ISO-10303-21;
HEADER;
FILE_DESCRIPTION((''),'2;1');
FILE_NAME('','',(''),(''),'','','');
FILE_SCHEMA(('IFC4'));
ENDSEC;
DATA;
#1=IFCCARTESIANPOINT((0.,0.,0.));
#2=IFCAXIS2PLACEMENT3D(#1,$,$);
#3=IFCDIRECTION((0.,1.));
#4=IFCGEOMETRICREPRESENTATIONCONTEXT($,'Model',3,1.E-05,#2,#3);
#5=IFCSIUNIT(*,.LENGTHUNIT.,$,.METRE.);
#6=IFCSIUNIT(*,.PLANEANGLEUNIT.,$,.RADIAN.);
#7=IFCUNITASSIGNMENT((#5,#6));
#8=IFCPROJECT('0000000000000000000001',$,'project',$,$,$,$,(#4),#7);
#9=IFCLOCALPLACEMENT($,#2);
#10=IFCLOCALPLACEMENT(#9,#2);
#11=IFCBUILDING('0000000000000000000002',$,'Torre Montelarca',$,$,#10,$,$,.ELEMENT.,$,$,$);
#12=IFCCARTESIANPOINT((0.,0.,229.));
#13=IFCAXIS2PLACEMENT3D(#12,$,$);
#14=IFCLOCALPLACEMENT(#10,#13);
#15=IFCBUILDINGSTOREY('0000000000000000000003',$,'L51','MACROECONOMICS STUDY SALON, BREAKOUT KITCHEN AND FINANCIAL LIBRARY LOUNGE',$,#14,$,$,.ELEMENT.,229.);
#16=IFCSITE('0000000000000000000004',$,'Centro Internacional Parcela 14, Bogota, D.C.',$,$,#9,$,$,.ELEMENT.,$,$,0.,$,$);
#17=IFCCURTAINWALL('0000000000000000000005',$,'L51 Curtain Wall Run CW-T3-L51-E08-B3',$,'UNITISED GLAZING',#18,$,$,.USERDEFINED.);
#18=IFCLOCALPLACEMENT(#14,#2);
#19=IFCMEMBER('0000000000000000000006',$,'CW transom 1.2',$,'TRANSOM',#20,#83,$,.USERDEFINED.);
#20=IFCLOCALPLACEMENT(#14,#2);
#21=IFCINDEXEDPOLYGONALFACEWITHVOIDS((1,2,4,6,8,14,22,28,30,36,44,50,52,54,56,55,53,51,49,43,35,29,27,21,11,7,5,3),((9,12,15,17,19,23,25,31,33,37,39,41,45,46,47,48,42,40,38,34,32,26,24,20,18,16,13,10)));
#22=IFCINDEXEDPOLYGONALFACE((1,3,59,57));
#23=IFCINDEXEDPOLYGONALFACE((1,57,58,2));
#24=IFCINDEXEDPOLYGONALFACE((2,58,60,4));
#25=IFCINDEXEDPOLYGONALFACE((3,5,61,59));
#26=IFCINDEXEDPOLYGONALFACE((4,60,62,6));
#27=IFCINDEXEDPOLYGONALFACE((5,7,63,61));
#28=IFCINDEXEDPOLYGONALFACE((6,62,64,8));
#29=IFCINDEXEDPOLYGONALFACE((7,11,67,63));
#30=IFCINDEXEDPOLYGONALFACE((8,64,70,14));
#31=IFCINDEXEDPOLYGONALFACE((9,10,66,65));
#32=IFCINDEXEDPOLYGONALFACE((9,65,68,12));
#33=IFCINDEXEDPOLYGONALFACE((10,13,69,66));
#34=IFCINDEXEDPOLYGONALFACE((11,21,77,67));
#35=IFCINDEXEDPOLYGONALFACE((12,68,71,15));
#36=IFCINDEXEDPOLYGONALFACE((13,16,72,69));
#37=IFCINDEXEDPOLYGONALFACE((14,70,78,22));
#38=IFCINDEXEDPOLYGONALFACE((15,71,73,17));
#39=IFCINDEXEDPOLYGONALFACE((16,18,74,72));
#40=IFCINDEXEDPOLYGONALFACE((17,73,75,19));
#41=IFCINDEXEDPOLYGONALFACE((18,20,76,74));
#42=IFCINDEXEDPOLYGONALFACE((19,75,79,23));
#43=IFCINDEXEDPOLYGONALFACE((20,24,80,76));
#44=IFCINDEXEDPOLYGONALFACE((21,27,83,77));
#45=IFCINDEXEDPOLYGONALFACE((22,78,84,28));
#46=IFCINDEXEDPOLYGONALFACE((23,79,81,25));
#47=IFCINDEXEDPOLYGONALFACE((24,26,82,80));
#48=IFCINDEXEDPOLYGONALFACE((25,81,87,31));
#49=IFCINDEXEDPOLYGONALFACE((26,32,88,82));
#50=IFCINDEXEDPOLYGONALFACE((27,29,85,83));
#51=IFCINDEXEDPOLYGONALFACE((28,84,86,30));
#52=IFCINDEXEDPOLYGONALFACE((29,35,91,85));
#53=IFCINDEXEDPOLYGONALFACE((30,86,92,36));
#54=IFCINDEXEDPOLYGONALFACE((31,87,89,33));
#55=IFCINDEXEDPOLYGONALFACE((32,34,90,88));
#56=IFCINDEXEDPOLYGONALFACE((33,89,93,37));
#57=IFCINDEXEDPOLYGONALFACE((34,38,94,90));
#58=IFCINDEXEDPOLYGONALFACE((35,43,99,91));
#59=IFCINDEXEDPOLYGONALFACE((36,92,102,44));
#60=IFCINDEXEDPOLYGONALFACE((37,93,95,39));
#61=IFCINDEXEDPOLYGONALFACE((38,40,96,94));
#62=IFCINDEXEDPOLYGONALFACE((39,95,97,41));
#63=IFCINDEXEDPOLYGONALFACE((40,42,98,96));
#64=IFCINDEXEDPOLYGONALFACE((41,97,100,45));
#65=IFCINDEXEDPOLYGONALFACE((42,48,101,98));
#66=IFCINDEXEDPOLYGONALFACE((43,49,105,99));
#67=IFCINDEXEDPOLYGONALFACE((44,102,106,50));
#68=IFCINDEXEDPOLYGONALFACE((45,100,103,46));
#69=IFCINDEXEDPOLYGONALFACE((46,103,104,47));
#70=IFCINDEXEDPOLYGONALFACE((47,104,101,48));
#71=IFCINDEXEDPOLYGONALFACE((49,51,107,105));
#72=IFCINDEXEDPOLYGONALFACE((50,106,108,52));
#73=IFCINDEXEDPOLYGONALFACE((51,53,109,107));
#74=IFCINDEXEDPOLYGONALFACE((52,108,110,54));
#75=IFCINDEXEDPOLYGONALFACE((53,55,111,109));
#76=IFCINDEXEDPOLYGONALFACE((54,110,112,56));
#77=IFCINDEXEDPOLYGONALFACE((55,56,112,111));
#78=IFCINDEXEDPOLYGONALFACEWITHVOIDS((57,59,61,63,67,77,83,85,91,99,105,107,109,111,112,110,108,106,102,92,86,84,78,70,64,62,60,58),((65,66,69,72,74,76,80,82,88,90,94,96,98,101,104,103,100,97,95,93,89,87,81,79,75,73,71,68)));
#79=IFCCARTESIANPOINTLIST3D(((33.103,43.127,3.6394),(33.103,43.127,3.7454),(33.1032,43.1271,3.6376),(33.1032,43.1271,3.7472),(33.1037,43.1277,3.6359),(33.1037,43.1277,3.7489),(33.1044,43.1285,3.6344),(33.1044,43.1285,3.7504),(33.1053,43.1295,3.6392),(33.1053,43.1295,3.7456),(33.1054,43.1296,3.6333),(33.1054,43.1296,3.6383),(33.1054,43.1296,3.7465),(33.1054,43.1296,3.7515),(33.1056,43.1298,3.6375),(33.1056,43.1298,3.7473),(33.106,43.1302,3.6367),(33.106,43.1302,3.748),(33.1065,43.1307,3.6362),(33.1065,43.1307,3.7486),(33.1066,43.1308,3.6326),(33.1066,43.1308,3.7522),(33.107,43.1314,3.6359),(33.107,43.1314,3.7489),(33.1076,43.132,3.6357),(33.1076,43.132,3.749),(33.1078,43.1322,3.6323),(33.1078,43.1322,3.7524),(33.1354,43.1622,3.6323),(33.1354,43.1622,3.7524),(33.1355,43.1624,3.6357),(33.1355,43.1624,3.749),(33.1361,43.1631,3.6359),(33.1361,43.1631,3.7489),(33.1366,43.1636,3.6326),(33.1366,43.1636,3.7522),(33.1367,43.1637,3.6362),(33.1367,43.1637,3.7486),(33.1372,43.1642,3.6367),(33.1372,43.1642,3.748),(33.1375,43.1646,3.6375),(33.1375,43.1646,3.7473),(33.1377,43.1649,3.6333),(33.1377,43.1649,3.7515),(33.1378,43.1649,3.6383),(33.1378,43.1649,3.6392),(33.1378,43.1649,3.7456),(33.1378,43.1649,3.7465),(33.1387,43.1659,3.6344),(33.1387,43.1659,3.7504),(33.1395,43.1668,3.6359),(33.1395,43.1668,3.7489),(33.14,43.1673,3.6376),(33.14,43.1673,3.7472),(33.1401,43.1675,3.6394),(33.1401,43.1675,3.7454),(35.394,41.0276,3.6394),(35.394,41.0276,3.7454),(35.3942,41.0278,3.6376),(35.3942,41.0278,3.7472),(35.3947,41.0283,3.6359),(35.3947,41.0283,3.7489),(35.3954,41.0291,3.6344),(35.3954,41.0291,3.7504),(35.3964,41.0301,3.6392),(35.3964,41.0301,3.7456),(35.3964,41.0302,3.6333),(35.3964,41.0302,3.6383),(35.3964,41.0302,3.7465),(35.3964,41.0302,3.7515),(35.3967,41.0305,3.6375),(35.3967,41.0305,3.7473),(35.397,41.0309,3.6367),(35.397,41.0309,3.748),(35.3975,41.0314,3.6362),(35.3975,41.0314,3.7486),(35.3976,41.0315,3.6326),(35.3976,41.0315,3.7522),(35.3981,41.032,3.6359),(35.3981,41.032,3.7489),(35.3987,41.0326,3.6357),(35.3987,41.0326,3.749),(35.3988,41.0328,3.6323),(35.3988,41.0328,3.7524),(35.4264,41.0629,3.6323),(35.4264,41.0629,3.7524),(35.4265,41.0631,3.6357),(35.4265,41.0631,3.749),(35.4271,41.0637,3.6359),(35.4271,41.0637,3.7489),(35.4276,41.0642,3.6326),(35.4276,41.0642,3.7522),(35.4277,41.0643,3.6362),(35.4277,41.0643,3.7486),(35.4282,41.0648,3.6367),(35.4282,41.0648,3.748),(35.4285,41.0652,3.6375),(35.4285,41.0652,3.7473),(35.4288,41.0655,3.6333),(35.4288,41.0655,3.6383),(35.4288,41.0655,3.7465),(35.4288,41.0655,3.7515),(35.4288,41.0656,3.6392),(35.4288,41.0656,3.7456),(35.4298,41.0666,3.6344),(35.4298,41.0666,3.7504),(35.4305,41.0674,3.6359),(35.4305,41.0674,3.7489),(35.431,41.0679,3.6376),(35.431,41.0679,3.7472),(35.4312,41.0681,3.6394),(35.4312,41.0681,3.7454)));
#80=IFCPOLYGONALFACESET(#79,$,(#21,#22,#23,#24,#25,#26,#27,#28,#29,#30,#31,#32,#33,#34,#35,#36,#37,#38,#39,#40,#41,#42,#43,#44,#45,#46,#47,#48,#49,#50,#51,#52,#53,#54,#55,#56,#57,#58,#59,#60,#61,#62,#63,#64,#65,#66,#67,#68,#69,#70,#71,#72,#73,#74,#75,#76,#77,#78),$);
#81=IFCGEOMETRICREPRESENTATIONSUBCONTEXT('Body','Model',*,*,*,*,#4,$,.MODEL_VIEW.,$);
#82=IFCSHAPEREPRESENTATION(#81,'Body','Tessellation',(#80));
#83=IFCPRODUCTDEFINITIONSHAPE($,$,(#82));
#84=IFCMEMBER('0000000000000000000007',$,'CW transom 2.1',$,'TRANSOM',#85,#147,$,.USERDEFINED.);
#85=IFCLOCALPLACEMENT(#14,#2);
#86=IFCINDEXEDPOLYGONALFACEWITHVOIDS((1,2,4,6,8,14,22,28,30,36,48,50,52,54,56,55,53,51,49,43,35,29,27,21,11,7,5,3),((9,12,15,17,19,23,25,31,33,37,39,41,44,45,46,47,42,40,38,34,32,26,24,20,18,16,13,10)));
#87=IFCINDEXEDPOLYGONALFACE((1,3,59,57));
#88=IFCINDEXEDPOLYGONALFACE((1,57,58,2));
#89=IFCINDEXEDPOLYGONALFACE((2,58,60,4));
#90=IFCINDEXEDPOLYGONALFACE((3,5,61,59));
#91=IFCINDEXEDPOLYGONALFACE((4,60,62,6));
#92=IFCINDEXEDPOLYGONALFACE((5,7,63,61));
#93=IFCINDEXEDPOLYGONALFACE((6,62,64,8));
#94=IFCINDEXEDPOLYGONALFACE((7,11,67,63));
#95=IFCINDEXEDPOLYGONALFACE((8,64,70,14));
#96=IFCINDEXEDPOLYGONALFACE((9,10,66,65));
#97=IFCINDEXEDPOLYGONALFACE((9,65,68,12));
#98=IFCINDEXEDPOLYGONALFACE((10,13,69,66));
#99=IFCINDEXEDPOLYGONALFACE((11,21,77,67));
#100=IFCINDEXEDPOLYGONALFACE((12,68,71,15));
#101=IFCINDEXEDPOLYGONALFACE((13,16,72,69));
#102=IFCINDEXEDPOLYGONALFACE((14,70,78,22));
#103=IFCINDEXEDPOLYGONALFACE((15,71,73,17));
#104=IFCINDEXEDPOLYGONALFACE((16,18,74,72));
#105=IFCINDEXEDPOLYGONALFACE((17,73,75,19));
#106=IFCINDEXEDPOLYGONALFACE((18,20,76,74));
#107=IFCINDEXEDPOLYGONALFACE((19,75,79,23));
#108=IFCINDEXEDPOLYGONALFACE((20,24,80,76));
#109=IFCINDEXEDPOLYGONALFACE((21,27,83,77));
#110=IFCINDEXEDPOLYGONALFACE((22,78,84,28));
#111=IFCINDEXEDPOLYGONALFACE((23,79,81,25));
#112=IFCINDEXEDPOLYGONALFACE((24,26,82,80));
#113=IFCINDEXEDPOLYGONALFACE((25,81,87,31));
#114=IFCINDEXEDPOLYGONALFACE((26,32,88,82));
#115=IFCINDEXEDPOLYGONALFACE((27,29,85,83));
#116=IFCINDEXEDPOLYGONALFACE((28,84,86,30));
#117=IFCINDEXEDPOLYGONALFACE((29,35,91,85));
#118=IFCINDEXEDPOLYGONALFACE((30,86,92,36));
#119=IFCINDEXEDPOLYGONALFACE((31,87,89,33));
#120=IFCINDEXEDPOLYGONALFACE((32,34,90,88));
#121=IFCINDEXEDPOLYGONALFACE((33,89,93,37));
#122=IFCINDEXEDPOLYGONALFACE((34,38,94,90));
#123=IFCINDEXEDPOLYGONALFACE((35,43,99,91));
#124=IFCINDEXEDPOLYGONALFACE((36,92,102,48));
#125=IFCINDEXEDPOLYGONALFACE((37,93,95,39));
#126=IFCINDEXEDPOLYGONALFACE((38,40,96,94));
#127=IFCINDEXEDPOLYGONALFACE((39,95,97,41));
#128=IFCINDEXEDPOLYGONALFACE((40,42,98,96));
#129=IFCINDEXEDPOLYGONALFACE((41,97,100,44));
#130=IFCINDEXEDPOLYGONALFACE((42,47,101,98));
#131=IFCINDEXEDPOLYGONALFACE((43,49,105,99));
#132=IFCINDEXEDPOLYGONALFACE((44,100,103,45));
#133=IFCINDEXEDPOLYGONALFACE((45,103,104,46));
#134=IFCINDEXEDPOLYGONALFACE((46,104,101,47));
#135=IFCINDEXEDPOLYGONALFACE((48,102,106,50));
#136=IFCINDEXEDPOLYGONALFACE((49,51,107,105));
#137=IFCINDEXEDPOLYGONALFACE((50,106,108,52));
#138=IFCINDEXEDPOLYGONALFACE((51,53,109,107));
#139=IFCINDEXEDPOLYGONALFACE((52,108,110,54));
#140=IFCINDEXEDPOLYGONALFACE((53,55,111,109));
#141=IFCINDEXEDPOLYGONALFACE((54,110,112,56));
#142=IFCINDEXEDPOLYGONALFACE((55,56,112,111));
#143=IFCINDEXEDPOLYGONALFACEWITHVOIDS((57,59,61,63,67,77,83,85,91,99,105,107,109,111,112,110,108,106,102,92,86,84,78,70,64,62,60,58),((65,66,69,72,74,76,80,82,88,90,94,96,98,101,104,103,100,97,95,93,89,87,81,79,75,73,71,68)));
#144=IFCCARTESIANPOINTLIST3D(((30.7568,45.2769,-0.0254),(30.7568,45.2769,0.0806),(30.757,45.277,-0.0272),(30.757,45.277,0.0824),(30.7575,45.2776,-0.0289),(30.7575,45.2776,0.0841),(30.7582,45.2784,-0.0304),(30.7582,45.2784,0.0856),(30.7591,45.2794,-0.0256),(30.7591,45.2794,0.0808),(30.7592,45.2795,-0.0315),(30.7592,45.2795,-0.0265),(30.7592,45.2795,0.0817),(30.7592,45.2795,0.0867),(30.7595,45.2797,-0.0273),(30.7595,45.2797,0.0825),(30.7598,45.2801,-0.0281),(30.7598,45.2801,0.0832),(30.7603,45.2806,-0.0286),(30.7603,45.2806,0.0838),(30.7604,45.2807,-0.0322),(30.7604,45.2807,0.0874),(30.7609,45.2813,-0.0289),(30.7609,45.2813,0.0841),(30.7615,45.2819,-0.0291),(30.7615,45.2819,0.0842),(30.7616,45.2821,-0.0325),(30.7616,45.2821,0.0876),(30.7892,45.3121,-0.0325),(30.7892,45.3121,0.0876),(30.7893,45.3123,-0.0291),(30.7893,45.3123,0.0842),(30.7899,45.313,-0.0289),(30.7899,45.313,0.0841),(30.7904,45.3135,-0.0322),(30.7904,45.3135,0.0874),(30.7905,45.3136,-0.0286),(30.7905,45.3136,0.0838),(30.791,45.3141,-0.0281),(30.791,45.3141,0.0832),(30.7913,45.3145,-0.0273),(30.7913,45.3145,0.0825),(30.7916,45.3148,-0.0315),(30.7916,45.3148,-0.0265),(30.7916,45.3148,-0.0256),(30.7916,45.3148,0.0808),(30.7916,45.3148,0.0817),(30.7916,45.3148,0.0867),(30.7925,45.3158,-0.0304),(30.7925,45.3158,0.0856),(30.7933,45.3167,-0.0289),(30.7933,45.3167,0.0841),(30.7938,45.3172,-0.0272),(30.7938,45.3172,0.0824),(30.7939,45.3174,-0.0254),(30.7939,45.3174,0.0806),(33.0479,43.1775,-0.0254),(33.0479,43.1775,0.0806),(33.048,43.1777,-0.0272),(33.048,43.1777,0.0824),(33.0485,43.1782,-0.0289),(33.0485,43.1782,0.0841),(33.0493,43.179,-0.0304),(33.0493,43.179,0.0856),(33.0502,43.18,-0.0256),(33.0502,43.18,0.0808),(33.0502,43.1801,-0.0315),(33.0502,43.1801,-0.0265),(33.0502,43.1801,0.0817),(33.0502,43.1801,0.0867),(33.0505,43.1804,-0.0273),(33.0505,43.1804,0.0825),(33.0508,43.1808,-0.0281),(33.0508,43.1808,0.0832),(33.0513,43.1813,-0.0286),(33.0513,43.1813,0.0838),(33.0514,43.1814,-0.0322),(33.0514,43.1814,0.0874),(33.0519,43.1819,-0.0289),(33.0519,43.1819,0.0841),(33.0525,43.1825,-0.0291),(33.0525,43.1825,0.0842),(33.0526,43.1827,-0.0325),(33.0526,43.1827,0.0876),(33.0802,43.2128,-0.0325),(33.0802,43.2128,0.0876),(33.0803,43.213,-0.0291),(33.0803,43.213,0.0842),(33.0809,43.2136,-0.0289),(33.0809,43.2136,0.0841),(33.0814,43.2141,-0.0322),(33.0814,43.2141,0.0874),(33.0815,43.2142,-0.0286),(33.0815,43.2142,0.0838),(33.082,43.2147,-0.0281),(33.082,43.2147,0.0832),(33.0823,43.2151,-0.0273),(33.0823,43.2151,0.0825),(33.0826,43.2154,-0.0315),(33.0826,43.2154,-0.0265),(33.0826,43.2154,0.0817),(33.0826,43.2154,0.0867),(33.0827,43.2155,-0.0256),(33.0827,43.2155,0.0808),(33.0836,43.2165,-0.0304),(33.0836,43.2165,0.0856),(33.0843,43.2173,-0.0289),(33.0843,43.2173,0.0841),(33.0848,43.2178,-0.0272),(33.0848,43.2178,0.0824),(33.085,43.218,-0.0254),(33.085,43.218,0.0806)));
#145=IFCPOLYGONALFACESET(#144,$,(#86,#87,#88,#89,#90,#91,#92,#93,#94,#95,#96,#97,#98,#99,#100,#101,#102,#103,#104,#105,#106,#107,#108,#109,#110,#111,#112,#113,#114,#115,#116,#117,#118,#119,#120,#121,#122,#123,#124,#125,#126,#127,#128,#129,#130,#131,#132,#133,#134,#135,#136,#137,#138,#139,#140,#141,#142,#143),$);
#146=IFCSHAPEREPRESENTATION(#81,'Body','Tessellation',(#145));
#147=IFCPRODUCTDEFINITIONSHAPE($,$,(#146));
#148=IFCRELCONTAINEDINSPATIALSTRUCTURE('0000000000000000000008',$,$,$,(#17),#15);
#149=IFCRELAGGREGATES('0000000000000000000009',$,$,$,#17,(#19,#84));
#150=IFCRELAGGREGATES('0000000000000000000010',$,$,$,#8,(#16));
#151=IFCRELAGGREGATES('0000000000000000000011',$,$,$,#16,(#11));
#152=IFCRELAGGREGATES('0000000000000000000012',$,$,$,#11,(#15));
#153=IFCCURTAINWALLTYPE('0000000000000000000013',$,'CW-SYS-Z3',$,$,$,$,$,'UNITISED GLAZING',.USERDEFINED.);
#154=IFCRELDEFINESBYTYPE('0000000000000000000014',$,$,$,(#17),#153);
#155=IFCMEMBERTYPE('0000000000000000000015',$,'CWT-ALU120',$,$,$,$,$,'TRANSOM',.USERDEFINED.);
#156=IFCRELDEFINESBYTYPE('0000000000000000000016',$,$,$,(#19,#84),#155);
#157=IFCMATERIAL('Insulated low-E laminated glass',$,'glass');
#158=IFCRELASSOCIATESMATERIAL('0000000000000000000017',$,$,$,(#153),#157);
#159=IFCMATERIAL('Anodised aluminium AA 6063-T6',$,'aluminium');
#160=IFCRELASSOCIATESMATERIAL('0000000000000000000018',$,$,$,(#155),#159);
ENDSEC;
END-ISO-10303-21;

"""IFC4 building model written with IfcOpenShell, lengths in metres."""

from ifc_helpers import new_model, si_unit, direction, frame, origin, origin_2d, place, context, subcontext, project, spatial, hollow_rectangle, extrude, source, transform, mapped, material, material_profile, profile_set, type_object, element, aggregate, save


model = new_model("IFC4")

# Units and contexts
model_context = context("Model", 3, precision=1e-05, world=origin(), true_north=direction((0.0, 1.0)))
body_context = subcontext(model_context, "Body", "Model", "MODEL_VIEW")
ifc_project = project(units=[si_unit("LENGTHUNIT", "METRE"), si_unit("PLANEANGLEUNIT", "RADIAN")], contexts=[model_context])

# Site, building, storey
site_placement = place(None, origin())
site = spatial("IfcSite", under=ifc_project, at=site_placement, Name="Centro Internacional Parcela 14, Bogota, D.C.", CompositionType="ELEMENT", RefElevation=0.0)
building_placement = place(site_placement, origin())
building = spatial("IfcBuilding", under=site, at=building_placement, Name="Torre Montelarca", CompositionType="ELEMENT")
storey_placement = place(building_placement, frame((0.0, 0.0, 229.0)))
storey = spatial("IfcBuildingStorey", under=building, at=storey_placement, Name="L51", Description="MACROECONOMICS STUDY SALON, BREAKOUT KITCHEN AND FINANCIAL LIBRARY LOUNGE", CompositionType="ELEMENT", Elevation=229.0)

# Curtain wall
ifc_material_1 = material(Name="Insulated low-E laminated glass", Category="glass")
curtain_wall_type = type_object("IfcCurtainWallType", Name="CW-SYS-Z3", ElementType="UNITISED GLAZING", PredefinedType="USERDEFINED", material=ifc_material_1)
ifc_material_2 = material(Name="Anodised aluminium AA 6063-T6", Category="aluminium")
curtain_wall_1_placement = place(storey_placement, origin())
curtain_wall_1 = element("IfcCurtainWall", 1, at=curtain_wall_1_placement, inside=storey, type_object=curtain_wall_type, Name="L51 Curtain Wall Run CW-T3-L51-E08-B3", ObjectType="UNITISED GLAZING", PredefinedType="USERDEFINED")

# Members
ifc_material_profile_1 = material_profile(ifc_material_2, hollow_rectangle(XDim=0.0549, YDim=0.1201, WallThickness=0.0034, InnerFilletRadius=0.0034, OuterFilletRadius=0.0071, at=origin_2d()), Name="ALU55X120X3.5", Category="aluminium")
ifc_profile_set_1 = profile_set([ifc_material_profile_1], Name="Anodised aluminium AA 6063-T6")
member_type_1 = type_object("IfcMemberType", Name="CWT-ALU120", ElementType="TRANSOM", PredefinedType="USERDEFINED", material=ifc_profile_set_1)
shared_shape_1 = source(origin(), body_context, "Body", "SweptSolid", [
    extrude(hollow_rectangle(XDim=0.0549, YDim=0.1201, WallThickness=0.0034, InnerFilletRadius=0.0034, OuterFilletRadius=0.0071, at=origin_2d()), origin(), (0.0, 0.0, 1.0), 3.1074),
])
member_1_placement = place(storey_placement, frame((35.4126, 41.0479, 3.6924), z_axis=(-0.737272, 0.675597, 0.0), x_axis=(-0.675597, -0.737272, 0.0)))
member_1 = element("IfcMember", 2, at=member_1_placement, type_object=member_type_1, Name="CW transom 1.2", ObjectType="TRANSOM", PredefinedType="USERDEFINED", context=body_context, shape_type="MappedRepresentation", body=[
    mapped(shared_shape_1, transform((0.0, 0.0, 0.0), scale=1.0)),
])
member_2_placement = place(storey_placement, frame((33.0664, 43.1978, 0.0276), z_axis=(-0.737272, 0.675597, 0.0), x_axis=(-0.675597, -0.737272, 0.0)))
member_2 = element("IfcMember", 3, at=member_2_placement, type_object=member_type_1, Name="CW transom 2.1", ObjectType="TRANSOM", PredefinedType="USERDEFINED", context=body_context, shape_type="MappedRepresentation", body=[
    mapped(shared_shape_1, transform((0.0, 0.0, 0.0), scale=1.0)),
])

aggregate(curtain_wall_1, [member_1, member_2])

save(model, "model.ifc")
